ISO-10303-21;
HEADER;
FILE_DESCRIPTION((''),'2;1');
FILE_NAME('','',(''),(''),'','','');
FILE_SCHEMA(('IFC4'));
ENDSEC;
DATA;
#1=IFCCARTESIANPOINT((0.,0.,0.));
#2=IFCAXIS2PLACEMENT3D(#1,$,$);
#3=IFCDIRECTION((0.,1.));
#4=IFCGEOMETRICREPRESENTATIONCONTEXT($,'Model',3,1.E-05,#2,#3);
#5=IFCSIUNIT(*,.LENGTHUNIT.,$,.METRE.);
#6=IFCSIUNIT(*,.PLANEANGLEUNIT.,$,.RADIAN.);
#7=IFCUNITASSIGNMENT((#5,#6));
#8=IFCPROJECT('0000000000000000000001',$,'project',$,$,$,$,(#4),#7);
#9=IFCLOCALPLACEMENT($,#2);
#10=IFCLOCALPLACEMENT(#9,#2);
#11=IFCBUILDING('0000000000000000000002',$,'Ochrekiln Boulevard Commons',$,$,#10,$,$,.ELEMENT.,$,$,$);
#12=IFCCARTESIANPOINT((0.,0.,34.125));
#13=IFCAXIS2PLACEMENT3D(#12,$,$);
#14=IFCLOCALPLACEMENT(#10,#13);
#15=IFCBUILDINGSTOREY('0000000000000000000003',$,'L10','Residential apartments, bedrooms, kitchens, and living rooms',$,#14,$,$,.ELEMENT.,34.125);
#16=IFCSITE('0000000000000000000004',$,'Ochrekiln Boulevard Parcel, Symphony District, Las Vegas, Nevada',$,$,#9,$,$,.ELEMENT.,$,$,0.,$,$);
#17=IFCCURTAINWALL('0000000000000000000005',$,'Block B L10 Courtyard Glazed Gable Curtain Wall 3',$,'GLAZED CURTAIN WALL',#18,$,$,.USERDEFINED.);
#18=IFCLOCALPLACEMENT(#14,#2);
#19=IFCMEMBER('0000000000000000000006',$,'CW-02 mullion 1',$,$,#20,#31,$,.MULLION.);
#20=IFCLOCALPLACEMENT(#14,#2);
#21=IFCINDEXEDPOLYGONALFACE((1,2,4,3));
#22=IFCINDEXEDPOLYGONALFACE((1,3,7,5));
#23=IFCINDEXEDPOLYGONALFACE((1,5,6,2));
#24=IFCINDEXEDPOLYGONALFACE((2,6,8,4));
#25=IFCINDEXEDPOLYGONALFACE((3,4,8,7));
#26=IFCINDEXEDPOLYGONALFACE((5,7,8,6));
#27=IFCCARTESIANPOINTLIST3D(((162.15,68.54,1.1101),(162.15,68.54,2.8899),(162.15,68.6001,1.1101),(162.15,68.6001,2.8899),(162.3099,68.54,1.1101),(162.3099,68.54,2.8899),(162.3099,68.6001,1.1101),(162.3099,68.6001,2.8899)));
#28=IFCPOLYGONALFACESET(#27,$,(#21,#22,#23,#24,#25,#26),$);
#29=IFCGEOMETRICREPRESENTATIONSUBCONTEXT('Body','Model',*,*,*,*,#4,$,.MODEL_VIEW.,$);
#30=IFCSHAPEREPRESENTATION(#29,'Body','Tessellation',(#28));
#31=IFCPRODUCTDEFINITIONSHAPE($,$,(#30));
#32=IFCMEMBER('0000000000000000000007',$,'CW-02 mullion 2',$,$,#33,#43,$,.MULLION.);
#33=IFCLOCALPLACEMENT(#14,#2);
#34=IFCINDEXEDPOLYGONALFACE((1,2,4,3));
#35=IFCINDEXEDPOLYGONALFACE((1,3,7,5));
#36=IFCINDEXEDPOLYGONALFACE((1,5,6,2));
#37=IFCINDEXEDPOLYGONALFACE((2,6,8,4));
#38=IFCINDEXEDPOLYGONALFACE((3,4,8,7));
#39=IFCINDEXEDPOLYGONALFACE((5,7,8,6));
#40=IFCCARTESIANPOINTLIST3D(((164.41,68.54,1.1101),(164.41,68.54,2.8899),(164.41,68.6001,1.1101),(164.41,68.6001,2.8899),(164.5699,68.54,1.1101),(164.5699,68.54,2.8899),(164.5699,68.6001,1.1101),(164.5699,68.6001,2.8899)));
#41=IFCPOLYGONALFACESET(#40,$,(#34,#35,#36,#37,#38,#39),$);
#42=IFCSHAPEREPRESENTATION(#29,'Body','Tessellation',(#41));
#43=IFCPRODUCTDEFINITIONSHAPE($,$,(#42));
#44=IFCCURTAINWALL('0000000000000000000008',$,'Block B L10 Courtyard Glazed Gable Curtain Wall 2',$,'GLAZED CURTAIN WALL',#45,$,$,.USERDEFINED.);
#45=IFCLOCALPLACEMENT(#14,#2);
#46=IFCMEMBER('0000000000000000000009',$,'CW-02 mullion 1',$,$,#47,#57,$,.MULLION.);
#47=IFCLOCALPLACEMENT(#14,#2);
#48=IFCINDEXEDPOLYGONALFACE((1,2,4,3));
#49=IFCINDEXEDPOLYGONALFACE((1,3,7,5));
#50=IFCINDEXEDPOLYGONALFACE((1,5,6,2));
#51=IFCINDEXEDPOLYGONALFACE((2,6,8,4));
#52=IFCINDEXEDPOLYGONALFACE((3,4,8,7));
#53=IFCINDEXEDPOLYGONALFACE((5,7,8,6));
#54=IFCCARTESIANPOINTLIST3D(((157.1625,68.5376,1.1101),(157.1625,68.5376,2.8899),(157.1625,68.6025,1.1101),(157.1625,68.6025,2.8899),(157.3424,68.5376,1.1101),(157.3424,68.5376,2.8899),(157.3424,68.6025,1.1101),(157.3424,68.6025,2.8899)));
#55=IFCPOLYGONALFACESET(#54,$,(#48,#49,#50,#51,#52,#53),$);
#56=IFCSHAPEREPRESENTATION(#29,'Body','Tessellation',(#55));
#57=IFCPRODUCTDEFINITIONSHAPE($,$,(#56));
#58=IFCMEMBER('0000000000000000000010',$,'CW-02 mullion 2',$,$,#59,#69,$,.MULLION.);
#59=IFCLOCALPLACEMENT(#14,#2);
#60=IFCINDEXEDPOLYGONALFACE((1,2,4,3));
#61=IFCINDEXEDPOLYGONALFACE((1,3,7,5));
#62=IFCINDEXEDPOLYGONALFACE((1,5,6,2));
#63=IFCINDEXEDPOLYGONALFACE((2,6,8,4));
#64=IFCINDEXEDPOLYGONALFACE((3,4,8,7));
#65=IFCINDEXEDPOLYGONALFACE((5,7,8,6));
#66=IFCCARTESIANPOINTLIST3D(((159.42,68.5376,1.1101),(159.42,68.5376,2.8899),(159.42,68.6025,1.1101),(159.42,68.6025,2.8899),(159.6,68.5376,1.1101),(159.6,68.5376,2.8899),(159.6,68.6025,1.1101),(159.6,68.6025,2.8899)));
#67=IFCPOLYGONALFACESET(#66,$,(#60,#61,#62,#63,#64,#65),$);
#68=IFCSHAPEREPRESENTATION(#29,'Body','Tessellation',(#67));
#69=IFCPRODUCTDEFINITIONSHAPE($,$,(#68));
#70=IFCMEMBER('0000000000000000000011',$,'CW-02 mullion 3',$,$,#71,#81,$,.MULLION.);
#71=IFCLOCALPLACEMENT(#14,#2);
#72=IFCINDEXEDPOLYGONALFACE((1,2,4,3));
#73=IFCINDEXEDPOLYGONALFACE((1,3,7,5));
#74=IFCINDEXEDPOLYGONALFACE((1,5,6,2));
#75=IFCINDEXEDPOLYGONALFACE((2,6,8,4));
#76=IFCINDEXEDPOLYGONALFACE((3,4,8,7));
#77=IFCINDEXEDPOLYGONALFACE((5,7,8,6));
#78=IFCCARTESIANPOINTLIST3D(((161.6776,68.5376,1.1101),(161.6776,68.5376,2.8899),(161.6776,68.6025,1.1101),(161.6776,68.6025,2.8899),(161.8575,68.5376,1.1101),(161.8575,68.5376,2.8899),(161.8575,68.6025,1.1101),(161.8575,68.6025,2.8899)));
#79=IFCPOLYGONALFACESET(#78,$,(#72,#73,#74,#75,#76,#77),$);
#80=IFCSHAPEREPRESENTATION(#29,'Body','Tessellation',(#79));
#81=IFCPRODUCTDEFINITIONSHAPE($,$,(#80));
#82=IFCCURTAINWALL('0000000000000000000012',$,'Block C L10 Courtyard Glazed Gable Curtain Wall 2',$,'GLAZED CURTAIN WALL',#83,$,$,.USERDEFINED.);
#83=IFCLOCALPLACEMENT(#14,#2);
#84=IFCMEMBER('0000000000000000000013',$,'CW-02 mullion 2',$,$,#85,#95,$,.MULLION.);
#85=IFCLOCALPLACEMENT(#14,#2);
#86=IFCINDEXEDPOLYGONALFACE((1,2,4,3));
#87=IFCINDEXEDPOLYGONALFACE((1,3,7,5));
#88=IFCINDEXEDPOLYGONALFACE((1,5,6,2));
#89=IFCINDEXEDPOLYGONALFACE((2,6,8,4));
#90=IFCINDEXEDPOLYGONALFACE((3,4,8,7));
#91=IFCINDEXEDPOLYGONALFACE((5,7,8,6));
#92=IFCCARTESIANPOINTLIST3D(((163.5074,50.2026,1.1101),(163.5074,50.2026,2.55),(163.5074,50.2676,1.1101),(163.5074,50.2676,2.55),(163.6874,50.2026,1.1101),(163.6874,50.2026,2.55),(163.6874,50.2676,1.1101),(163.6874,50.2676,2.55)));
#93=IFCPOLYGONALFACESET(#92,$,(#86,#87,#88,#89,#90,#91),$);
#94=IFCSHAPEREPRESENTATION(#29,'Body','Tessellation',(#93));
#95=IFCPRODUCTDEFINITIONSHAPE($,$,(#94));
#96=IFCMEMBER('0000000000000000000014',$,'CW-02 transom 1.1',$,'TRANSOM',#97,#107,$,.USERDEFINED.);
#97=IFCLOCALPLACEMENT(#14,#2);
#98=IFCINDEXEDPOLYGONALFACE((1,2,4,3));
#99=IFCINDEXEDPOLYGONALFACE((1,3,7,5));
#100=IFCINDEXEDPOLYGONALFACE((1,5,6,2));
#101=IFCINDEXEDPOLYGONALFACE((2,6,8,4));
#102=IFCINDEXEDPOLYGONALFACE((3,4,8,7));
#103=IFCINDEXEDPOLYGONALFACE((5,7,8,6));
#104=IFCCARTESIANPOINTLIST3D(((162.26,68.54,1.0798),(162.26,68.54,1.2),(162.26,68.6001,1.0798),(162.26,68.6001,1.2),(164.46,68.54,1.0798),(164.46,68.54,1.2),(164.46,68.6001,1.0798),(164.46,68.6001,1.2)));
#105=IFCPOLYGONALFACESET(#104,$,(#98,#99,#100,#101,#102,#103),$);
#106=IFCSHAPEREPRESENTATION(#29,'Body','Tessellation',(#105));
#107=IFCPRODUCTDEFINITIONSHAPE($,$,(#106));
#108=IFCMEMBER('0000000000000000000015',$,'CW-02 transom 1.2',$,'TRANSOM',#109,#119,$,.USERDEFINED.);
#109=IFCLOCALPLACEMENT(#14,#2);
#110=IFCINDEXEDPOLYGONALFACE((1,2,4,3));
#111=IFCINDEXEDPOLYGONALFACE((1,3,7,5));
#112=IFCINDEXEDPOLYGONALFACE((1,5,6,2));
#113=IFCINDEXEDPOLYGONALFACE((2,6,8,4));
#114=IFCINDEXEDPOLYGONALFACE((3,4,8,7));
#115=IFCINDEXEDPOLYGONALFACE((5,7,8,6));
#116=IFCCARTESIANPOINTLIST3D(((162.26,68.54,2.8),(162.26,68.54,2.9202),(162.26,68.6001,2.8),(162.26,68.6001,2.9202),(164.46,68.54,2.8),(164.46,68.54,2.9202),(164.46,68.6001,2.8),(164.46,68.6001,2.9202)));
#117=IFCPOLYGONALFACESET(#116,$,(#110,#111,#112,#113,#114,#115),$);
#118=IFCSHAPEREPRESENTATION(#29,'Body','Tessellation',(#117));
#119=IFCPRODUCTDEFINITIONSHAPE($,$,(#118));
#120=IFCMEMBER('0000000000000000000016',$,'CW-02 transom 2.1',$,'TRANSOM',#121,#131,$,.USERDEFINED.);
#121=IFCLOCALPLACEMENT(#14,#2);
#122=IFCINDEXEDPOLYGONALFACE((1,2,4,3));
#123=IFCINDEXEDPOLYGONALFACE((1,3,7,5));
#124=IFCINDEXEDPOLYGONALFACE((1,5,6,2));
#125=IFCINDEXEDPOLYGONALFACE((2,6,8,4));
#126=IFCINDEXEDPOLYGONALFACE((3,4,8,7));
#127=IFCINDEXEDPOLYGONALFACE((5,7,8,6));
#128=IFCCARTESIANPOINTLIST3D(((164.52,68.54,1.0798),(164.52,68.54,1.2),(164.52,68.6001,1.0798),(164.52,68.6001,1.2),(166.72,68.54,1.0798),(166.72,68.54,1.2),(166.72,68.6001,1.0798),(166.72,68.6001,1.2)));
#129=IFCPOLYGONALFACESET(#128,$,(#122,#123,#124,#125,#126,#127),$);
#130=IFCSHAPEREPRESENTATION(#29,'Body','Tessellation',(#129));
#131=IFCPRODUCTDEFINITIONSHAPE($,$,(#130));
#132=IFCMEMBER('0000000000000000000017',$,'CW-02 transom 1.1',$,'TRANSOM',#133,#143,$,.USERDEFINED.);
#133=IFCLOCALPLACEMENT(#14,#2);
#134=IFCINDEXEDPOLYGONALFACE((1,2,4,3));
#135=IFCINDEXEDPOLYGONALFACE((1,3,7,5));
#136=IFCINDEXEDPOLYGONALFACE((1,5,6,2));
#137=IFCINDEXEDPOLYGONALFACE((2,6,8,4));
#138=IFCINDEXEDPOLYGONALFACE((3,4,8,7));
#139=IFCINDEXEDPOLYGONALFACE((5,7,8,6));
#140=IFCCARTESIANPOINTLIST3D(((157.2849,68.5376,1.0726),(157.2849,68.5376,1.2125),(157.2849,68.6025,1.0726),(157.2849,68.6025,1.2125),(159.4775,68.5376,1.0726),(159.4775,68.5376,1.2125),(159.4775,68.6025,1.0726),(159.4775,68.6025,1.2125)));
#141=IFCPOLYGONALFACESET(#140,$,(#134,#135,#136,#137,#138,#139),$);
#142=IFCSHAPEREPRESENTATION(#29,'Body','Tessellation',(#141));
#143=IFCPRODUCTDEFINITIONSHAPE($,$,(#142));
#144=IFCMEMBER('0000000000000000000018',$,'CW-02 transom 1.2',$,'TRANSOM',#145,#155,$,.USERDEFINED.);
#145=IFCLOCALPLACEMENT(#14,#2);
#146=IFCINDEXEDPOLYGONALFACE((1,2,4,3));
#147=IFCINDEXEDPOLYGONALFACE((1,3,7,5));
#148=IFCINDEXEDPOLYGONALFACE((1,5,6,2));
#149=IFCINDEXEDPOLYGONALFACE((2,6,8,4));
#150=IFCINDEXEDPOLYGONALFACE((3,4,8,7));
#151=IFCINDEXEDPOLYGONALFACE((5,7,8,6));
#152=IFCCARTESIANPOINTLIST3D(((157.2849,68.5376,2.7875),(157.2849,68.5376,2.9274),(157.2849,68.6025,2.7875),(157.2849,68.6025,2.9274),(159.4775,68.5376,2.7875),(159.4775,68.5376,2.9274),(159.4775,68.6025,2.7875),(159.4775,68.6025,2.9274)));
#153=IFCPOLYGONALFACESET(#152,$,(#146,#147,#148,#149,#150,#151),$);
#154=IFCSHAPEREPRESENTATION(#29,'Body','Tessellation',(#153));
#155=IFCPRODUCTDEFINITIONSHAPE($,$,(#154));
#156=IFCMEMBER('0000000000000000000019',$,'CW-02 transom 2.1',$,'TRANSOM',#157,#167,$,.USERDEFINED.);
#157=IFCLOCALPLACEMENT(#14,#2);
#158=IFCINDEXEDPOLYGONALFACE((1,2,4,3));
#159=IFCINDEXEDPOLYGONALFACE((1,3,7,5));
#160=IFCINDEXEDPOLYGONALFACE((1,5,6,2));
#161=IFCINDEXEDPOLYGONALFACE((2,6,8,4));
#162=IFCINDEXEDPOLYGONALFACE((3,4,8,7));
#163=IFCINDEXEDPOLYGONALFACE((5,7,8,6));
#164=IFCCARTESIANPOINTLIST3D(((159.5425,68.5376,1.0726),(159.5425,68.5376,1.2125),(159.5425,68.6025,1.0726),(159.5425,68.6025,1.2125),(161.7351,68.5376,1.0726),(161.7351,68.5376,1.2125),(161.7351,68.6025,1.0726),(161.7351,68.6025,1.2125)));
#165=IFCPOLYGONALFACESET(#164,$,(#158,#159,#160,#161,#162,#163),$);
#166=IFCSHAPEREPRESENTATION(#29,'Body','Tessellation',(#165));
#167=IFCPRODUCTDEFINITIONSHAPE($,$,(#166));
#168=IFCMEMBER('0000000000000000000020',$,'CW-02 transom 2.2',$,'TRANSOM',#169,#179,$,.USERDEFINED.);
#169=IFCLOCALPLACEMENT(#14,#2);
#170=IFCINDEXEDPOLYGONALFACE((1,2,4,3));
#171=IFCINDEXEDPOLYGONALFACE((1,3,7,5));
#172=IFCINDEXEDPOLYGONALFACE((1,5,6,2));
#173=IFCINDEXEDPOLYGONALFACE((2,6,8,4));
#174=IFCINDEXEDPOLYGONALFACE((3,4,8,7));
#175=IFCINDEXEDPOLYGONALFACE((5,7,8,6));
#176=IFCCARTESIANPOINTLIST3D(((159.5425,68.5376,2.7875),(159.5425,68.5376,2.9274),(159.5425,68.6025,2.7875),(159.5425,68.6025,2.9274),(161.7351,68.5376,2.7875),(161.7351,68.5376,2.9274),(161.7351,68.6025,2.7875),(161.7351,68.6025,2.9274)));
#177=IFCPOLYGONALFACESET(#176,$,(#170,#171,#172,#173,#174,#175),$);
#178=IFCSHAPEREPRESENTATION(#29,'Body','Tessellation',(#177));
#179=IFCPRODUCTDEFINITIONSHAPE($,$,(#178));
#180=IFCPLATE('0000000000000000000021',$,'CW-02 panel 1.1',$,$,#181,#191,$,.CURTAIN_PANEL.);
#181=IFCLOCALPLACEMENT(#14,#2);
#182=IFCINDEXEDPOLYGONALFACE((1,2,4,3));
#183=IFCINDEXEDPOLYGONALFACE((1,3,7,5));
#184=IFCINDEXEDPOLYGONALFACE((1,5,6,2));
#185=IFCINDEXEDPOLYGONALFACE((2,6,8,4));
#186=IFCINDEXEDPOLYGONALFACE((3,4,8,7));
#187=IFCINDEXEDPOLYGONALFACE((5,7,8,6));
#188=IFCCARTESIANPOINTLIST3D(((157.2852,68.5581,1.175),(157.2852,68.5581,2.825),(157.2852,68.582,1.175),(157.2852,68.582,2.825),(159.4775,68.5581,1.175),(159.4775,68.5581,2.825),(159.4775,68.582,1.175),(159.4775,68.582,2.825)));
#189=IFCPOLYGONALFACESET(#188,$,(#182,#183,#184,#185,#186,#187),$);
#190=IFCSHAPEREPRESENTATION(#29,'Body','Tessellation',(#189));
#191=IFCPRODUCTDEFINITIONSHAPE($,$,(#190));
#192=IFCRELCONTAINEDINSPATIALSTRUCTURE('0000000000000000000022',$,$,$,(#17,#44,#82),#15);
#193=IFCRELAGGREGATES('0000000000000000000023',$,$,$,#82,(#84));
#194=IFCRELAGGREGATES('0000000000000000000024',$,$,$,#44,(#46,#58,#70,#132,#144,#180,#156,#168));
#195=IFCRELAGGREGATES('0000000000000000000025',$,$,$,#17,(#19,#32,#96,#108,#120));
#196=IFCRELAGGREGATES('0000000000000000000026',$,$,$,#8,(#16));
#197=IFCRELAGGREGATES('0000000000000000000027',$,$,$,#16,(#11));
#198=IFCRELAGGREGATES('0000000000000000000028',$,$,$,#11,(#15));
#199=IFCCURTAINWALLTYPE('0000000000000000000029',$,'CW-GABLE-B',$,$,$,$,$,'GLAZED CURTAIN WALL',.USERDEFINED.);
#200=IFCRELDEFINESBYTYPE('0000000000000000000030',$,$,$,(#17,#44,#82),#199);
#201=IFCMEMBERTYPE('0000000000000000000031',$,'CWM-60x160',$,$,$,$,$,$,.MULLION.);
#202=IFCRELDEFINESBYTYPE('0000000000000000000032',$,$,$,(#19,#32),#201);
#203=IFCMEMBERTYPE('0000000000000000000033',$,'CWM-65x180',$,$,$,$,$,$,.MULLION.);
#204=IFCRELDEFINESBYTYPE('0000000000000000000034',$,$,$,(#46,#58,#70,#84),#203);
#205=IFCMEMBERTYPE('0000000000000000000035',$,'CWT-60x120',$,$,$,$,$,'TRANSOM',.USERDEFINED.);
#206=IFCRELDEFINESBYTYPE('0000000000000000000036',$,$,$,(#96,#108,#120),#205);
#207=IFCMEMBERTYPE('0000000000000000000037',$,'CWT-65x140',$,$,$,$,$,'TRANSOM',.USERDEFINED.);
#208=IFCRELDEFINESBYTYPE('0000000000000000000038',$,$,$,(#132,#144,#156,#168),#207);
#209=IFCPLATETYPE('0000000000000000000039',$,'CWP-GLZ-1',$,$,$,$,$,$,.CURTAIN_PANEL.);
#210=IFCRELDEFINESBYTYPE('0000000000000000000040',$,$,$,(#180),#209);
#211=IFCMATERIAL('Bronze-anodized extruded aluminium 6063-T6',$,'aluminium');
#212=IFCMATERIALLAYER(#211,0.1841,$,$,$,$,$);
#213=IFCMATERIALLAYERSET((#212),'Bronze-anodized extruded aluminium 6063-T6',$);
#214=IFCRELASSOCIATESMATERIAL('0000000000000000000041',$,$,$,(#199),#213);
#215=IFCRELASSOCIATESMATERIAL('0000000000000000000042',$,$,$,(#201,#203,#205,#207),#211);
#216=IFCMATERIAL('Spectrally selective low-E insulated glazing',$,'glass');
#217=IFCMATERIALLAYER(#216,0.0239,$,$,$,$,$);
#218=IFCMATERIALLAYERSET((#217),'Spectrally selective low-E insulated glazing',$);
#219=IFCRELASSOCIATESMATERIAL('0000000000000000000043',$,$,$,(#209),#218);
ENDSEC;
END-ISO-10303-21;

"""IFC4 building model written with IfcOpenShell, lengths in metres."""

from ifc_helpers import new_model, si_unit, direction, frame, origin, origin_2d, place, context, subcontext, project, spatial, rectangle, extrude, material, layer, layer_set, material_profile, profile_set, type_object, element, aggregate, save


model = new_model("IFC4")

# Units and contexts
model_context = context("Model", 3, precision=1e-05, world=origin(), true_north=direction((0.0, 1.0)))
body_context = subcontext(model_context, "Body", "Model", "MODEL_VIEW")
ifc_project = project(units=[si_unit("LENGTHUNIT", "METRE"), si_unit("PLANEANGLEUNIT", "RADIAN")], contexts=[model_context])

# Site, building, storey
site_placement = place(None, origin())
site = spatial("IfcSite", under=ifc_project, at=site_placement, Name="Ochrekiln Boulevard Parcel, Symphony District, Las Vegas, Nevada", CompositionType="ELEMENT", RefElevation=0.0)
building_placement = place(site_placement, origin())
building = spatial("IfcBuilding", under=site, at=building_placement, Name="Ochrekiln Boulevard Commons", CompositionType="ELEMENT")
storey_placement = place(building_placement, frame((0.0, 0.0, 34.125)))
storey = spatial("IfcBuildingStorey", under=building, at=storey_placement, Name="L10", Description="Residential apartments, bedrooms, kitchens, and living rooms", CompositionType="ELEMENT", Elevation=34.125)

# Curtain walls, members
ifc_material_1 = material(Name="Bronze-anodized extruded aluminium 6063-T6", Category="aluminium")
ifc_layer_1 = layer(ifc_material_1, 0.1841)
ifc_layer_set_1 = layer_set([ifc_layer_1], Name="Bronze-anodized extruded aluminium 6063-T6")
curtain_wall_type = type_object("IfcCurtainWallType", Name="CW-GABLE-B", ElementType="GLAZED CURTAIN WALL", PredefinedType="USERDEFINED", material=ifc_layer_set_1)
curtain_wall_1_placement = place(storey_placement, origin())
curtain_wall_1 = element("IfcCurtainWall", 1, at=curtain_wall_1_placement, inside=storey, type_object=curtain_wall_type, Name="Block B L10 Courtyard Glazed Gable Curtain Wall 3", ObjectType="GLAZED CURTAIN WALL", PredefinedType="USERDEFINED")
ifc_material_profile_1 = material_profile(ifc_material_1, rectangle(XDim=0.0601, YDim=0.1599, at=origin_2d()), Name="ALU-MUL-60x160")
ifc_profile_set_1 = profile_set([ifc_material_profile_1], Name="Bronze-anodized extruded aluminium 6063-T6")
member_type_1 = type_object("IfcMemberType", Name="CWM-60x160", PredefinedType="MULLION", material=ifc_profile_set_1)
member_1_placement = place(storey_placement, frame((162.23, 68.5701, 1.1101), z_axis=(0.0, 0.0, 1.0), x_axis=(0.0, 1.0, 0.0)))
member_1 = element("IfcMember", 2, at=member_1_placement, type_object=member_type_1, Name="CW-02 mullion 1", PredefinedType="MULLION", context=body_context, shape_type="SweptSolid", body=[
    extrude(rectangle(XDim=0.0601, YDim=0.1599, at=origin_2d()), origin(), (0.0, 0.0, 1.0), 1.7798),
])
member_2_placement = place(storey_placement, frame((164.49, 68.5701, 1.1101), z_axis=(0.0, 0.0, 1.0), x_axis=(0.0, 1.0, 0.0)))
member_2 = element("IfcMember", 3, at=member_2_placement, type_object=member_type_1, Name="CW-02 mullion 2", PredefinedType="MULLION", context=body_context, shape_type="SweptSolid", body=[
    extrude(rectangle(XDim=0.0601, YDim=0.1599, at=origin_2d()), origin(), (0.0, 0.0, 1.0), 1.7798),
])
curtain_wall_2_placement = place(storey_placement, origin())
curtain_wall_2 = element("IfcCurtainWall", 4, at=curtain_wall_2_placement, inside=storey, type_object=curtain_wall_type, Name="Block B L10 Courtyard Glazed Gable Curtain Wall 2", ObjectType="GLAZED CURTAIN WALL", PredefinedType="USERDEFINED")
ifc_material_profile_2 = material_profile(ifc_material_1, rectangle(XDim=0.0649, YDim=0.1799, at=origin_2d()), Name="ALU-MUL-65x180")
ifc_profile_set_2 = profile_set([ifc_material_profile_2], Name="Bronze-anodized extruded aluminium 6063-T6")
member_type_2 = type_object("IfcMemberType", Name="CWM-65x180", PredefinedType="MULLION", material=ifc_profile_set_2)
member_3_placement = place(storey_placement, frame((157.2524, 68.5701, 1.1101), z_axis=(0.0, 0.0, 1.0), x_axis=(0.0, 1.0, 0.0)))
member_3 = element("IfcMember", 5, at=member_3_placement, type_object=member_type_2, Name="CW-02 mullion 1", PredefinedType="MULLION", context=body_context, shape_type="SweptSolid", body=[
    extrude(rectangle(XDim=0.0649, YDim=0.1799, at=origin_2d()), origin(), (0.0, 0.0, 1.0), 1.7798),
])
member_4_placement = place(storey_placement, frame((159.51, 68.5701, 1.1101), z_axis=(0.0, 0.0, 1.0), x_axis=(0.0, 1.0, 0.0)))
member_4 = element("IfcMember", 6, at=member_4_placement, type_object=member_type_2, Name="CW-02 mullion 2", PredefinedType="MULLION", context=body_context, shape_type="SweptSolid", body=[
    extrude(rectangle(XDim=0.0649, YDim=0.1799, at=origin_2d()), origin(), (0.0, 0.0, 1.0), 1.7798),
])
member_5_placement = place(storey_placement, frame((161.7676, 68.5701, 1.1101), z_axis=(0.0, 0.0, 1.0), x_axis=(0.0, 1.0, 0.0)))
member_5 = element("IfcMember", 7, at=member_5_placement, type_object=member_type_2, Name="CW-02 mullion 3", PredefinedType="MULLION", context=body_context, shape_type="SweptSolid", body=[
    extrude(rectangle(XDim=0.0649, YDim=0.1799, at=origin_2d()), origin(), (0.0, 0.0, 1.0), 1.7798),
])

# Curtain wall, member
curtain_wall_3_placement = place(storey_placement, origin())
curtain_wall_3 = element("IfcCurtainWall", 8, at=curtain_wall_3_placement, inside=storey, type_object=curtain_wall_type, Name="Block C L10 Courtyard Glazed Gable Curtain Wall 2", ObjectType="GLAZED CURTAIN WALL", PredefinedType="USERDEFINED")
member_6_placement = place(storey_placement, frame((163.5974, 50.2351, 1.1101), z_axis=(0.0, 0.0, 1.0), x_axis=(0.0, 1.0, 0.0)))
member_6 = element("IfcMember", 9, at=member_6_placement, type_object=member_type_2, Name="CW-02 mullion 2", PredefinedType="MULLION", context=body_context, shape_type="SweptSolid", body=[
    extrude(rectangle(XDim=0.0649, YDim=0.1799, at=origin_2d()), origin(), (0.0, 0.0, 1.0), 1.4399),
])
aggregate(curtain_wall_3, [member_6])

# Members
ifc_material_profile_3 = material_profile(ifc_material_1, rectangle(XDim=0.0601, YDim=0.1201, at=origin_2d()), Name="ALU-TRN-60x120")
ifc_profile_set_3 = profile_set([ifc_material_profile_3], Name="Bronze-anodized extruded aluminium 6063-T6")
member_type_3 = type_object("IfcMemberType", Name="CWT-60x120", ElementType="TRANSOM", PredefinedType="USERDEFINED", material=ifc_profile_set_3)
member_7_placement = place(storey_placement, frame((162.26, 68.5701, 1.1399), z_axis=(1.0, 0.0, 0.0), x_axis=(0.0, 1.0, 0.0)))
member_7 = element("IfcMember", 10, at=member_7_placement, type_object=member_type_3, Name="CW-02 transom 1.1", ObjectType="TRANSOM", PredefinedType="USERDEFINED", context=body_context, shape_type="SweptSolid", body=[
    extrude(rectangle(XDim=0.0601, YDim=0.1201, at=origin_2d()), origin(), (0.0, 0.0, 1.0), 2.2),
])
member_8_placement = place(storey_placement, frame((162.26, 68.5701, 2.8601), z_axis=(1.0, 0.0, 0.0), x_axis=(0.0, 1.0, 0.0)))
member_8 = element("IfcMember", 11, at=member_8_placement, type_object=member_type_3, Name="CW-02 transom 1.2", ObjectType="TRANSOM", PredefinedType="USERDEFINED", context=body_context, shape_type="SweptSolid", body=[
    extrude(rectangle(XDim=0.0601, YDim=0.1201, at=origin_2d()), origin(), (0.0, 0.0, 1.0), 2.2),
])
member_9_placement = place(storey_placement, frame((164.52, 68.5701, 1.1399), z_axis=(1.0, 0.0, 0.0), x_axis=(0.0, 1.0, 0.0)))
member_9 = element("IfcMember", 12, at=member_9_placement, type_object=member_type_3, Name="CW-02 transom 2.1", ObjectType="TRANSOM", PredefinedType="USERDEFINED", context=body_context, shape_type="SweptSolid", body=[
    extrude(rectangle(XDim=0.0601, YDim=0.1201, at=origin_2d()), origin(), (0.0, 0.0, 1.0), 2.2),
])
ifc_material_profile_4 = material_profile(ifc_material_1, rectangle(XDim=0.0649, YDim=0.1399, at=origin_2d()), Name="ALU-TRN-65x140")
ifc_profile_set_4 = profile_set([ifc_material_profile_4], Name="Bronze-anodized extruded aluminium 6063-T6")
member_type_4 = type_object("IfcMemberType", Name="CWT-65x140", ElementType="TRANSOM", PredefinedType="USERDEFINED", material=ifc_profile_set_4)
member_10_placement = place(storey_placement, frame((157.2849, 68.5701, 1.1426), z_axis=(1.0, 0.0, 0.0), x_axis=(0.0, 1.0, 0.0)))
member_10 = element("IfcMember", 13, at=member_10_placement, type_object=member_type_4, Name="CW-02 transom 1.1", ObjectType="TRANSOM", PredefinedType="USERDEFINED", context=body_context, shape_type="SweptSolid", body=[
    extrude(rectangle(XDim=0.0649, YDim=0.1399, at=origin_2d()), origin(), (0.0, 0.0, 1.0), 2.1926),
])
member_11_placement = place(storey_placement, frame((157.2849, 68.5701, 2.8574), z_axis=(1.0, 0.0, 0.0), x_axis=(0.0, 1.0, 0.0)))
member_11 = element("IfcMember", 14, at=member_11_placement, type_object=member_type_4, Name="CW-02 transom 1.2", ObjectType="TRANSOM", PredefinedType="USERDEFINED", context=body_context, shape_type="SweptSolid", body=[
    extrude(rectangle(XDim=0.0649, YDim=0.1399, at=origin_2d()), origin(), (0.0, 0.0, 1.0), 2.1926),
])
member_12_placement = place(storey_placement, frame((159.5425, 68.5701, 1.1426), z_axis=(1.0, 0.0, 0.0), x_axis=(0.0, 1.0, 0.0)))
member_12 = element("IfcMember", 15, at=member_12_placement, type_object=member_type_4, Name="CW-02 transom 2.1", ObjectType="TRANSOM", PredefinedType="USERDEFINED", context=body_context, shape_type="SweptSolid", body=[
    extrude(rectangle(XDim=0.0649, YDim=0.1399, at=origin_2d()), origin(), (0.0, 0.0, 1.0), 2.1926),
])
member_13_placement = place(storey_placement, frame((159.5425, 68.5701, 2.8574), z_axis=(1.0, 0.0, 0.0), x_axis=(0.0, 1.0, 0.0)))
member_13 = element("IfcMember", 16, at=member_13_placement, type_object=member_type_4, Name="CW-02 transom 2.2", ObjectType="TRANSOM", PredefinedType="USERDEFINED", context=body_context, shape_type="SweptSolid", body=[
    extrude(rectangle(XDim=0.0649, YDim=0.1399, at=origin_2d()), origin(), (0.0, 0.0, 1.0), 2.1926),
])

# Plate
ifc_material_2 = material(Name="Spectrally selective low-E insulated glazing", Category="glass")
ifc_layer_2 = layer(ifc_material_2, 0.0239)
ifc_layer_set_2 = layer_set([ifc_layer_2], Name="Spectrally selective low-E insulated glazing")
plate_type_1 = type_object("IfcPlateType", Name="CWP-GLZ-1", PredefinedType="CURTAIN_PANEL", material=ifc_layer_set_2)
plate_1_placement = place(storey_placement, frame((158.3813, 68.5701, 1.175), z_axis=(0.0, 0.0, 1.0), x_axis=(1.0, 0.0, 0.0)))
plate_1 = element("IfcPlate", 17, at=plate_1_placement, type_object=plate_type_1, Name="CW-02 panel 1.1", PredefinedType="CURTAIN_PANEL", context=body_context, shape_type="SweptSolid", body=[
    extrude(rectangle(XDim=2.1924, YDim=0.0239, at=origin_2d()), origin(), (0.0, 0.0, 1.0), 1.6499),
])
aggregate(curtain_wall_2, [member_3, member_4, member_5, member_10, member_11, plate_1, member_12, member_13])
aggregate(curtain_wall_1, [member_1, member_2, member_7, member_8, member_9])

save(model, "model.ifc")
